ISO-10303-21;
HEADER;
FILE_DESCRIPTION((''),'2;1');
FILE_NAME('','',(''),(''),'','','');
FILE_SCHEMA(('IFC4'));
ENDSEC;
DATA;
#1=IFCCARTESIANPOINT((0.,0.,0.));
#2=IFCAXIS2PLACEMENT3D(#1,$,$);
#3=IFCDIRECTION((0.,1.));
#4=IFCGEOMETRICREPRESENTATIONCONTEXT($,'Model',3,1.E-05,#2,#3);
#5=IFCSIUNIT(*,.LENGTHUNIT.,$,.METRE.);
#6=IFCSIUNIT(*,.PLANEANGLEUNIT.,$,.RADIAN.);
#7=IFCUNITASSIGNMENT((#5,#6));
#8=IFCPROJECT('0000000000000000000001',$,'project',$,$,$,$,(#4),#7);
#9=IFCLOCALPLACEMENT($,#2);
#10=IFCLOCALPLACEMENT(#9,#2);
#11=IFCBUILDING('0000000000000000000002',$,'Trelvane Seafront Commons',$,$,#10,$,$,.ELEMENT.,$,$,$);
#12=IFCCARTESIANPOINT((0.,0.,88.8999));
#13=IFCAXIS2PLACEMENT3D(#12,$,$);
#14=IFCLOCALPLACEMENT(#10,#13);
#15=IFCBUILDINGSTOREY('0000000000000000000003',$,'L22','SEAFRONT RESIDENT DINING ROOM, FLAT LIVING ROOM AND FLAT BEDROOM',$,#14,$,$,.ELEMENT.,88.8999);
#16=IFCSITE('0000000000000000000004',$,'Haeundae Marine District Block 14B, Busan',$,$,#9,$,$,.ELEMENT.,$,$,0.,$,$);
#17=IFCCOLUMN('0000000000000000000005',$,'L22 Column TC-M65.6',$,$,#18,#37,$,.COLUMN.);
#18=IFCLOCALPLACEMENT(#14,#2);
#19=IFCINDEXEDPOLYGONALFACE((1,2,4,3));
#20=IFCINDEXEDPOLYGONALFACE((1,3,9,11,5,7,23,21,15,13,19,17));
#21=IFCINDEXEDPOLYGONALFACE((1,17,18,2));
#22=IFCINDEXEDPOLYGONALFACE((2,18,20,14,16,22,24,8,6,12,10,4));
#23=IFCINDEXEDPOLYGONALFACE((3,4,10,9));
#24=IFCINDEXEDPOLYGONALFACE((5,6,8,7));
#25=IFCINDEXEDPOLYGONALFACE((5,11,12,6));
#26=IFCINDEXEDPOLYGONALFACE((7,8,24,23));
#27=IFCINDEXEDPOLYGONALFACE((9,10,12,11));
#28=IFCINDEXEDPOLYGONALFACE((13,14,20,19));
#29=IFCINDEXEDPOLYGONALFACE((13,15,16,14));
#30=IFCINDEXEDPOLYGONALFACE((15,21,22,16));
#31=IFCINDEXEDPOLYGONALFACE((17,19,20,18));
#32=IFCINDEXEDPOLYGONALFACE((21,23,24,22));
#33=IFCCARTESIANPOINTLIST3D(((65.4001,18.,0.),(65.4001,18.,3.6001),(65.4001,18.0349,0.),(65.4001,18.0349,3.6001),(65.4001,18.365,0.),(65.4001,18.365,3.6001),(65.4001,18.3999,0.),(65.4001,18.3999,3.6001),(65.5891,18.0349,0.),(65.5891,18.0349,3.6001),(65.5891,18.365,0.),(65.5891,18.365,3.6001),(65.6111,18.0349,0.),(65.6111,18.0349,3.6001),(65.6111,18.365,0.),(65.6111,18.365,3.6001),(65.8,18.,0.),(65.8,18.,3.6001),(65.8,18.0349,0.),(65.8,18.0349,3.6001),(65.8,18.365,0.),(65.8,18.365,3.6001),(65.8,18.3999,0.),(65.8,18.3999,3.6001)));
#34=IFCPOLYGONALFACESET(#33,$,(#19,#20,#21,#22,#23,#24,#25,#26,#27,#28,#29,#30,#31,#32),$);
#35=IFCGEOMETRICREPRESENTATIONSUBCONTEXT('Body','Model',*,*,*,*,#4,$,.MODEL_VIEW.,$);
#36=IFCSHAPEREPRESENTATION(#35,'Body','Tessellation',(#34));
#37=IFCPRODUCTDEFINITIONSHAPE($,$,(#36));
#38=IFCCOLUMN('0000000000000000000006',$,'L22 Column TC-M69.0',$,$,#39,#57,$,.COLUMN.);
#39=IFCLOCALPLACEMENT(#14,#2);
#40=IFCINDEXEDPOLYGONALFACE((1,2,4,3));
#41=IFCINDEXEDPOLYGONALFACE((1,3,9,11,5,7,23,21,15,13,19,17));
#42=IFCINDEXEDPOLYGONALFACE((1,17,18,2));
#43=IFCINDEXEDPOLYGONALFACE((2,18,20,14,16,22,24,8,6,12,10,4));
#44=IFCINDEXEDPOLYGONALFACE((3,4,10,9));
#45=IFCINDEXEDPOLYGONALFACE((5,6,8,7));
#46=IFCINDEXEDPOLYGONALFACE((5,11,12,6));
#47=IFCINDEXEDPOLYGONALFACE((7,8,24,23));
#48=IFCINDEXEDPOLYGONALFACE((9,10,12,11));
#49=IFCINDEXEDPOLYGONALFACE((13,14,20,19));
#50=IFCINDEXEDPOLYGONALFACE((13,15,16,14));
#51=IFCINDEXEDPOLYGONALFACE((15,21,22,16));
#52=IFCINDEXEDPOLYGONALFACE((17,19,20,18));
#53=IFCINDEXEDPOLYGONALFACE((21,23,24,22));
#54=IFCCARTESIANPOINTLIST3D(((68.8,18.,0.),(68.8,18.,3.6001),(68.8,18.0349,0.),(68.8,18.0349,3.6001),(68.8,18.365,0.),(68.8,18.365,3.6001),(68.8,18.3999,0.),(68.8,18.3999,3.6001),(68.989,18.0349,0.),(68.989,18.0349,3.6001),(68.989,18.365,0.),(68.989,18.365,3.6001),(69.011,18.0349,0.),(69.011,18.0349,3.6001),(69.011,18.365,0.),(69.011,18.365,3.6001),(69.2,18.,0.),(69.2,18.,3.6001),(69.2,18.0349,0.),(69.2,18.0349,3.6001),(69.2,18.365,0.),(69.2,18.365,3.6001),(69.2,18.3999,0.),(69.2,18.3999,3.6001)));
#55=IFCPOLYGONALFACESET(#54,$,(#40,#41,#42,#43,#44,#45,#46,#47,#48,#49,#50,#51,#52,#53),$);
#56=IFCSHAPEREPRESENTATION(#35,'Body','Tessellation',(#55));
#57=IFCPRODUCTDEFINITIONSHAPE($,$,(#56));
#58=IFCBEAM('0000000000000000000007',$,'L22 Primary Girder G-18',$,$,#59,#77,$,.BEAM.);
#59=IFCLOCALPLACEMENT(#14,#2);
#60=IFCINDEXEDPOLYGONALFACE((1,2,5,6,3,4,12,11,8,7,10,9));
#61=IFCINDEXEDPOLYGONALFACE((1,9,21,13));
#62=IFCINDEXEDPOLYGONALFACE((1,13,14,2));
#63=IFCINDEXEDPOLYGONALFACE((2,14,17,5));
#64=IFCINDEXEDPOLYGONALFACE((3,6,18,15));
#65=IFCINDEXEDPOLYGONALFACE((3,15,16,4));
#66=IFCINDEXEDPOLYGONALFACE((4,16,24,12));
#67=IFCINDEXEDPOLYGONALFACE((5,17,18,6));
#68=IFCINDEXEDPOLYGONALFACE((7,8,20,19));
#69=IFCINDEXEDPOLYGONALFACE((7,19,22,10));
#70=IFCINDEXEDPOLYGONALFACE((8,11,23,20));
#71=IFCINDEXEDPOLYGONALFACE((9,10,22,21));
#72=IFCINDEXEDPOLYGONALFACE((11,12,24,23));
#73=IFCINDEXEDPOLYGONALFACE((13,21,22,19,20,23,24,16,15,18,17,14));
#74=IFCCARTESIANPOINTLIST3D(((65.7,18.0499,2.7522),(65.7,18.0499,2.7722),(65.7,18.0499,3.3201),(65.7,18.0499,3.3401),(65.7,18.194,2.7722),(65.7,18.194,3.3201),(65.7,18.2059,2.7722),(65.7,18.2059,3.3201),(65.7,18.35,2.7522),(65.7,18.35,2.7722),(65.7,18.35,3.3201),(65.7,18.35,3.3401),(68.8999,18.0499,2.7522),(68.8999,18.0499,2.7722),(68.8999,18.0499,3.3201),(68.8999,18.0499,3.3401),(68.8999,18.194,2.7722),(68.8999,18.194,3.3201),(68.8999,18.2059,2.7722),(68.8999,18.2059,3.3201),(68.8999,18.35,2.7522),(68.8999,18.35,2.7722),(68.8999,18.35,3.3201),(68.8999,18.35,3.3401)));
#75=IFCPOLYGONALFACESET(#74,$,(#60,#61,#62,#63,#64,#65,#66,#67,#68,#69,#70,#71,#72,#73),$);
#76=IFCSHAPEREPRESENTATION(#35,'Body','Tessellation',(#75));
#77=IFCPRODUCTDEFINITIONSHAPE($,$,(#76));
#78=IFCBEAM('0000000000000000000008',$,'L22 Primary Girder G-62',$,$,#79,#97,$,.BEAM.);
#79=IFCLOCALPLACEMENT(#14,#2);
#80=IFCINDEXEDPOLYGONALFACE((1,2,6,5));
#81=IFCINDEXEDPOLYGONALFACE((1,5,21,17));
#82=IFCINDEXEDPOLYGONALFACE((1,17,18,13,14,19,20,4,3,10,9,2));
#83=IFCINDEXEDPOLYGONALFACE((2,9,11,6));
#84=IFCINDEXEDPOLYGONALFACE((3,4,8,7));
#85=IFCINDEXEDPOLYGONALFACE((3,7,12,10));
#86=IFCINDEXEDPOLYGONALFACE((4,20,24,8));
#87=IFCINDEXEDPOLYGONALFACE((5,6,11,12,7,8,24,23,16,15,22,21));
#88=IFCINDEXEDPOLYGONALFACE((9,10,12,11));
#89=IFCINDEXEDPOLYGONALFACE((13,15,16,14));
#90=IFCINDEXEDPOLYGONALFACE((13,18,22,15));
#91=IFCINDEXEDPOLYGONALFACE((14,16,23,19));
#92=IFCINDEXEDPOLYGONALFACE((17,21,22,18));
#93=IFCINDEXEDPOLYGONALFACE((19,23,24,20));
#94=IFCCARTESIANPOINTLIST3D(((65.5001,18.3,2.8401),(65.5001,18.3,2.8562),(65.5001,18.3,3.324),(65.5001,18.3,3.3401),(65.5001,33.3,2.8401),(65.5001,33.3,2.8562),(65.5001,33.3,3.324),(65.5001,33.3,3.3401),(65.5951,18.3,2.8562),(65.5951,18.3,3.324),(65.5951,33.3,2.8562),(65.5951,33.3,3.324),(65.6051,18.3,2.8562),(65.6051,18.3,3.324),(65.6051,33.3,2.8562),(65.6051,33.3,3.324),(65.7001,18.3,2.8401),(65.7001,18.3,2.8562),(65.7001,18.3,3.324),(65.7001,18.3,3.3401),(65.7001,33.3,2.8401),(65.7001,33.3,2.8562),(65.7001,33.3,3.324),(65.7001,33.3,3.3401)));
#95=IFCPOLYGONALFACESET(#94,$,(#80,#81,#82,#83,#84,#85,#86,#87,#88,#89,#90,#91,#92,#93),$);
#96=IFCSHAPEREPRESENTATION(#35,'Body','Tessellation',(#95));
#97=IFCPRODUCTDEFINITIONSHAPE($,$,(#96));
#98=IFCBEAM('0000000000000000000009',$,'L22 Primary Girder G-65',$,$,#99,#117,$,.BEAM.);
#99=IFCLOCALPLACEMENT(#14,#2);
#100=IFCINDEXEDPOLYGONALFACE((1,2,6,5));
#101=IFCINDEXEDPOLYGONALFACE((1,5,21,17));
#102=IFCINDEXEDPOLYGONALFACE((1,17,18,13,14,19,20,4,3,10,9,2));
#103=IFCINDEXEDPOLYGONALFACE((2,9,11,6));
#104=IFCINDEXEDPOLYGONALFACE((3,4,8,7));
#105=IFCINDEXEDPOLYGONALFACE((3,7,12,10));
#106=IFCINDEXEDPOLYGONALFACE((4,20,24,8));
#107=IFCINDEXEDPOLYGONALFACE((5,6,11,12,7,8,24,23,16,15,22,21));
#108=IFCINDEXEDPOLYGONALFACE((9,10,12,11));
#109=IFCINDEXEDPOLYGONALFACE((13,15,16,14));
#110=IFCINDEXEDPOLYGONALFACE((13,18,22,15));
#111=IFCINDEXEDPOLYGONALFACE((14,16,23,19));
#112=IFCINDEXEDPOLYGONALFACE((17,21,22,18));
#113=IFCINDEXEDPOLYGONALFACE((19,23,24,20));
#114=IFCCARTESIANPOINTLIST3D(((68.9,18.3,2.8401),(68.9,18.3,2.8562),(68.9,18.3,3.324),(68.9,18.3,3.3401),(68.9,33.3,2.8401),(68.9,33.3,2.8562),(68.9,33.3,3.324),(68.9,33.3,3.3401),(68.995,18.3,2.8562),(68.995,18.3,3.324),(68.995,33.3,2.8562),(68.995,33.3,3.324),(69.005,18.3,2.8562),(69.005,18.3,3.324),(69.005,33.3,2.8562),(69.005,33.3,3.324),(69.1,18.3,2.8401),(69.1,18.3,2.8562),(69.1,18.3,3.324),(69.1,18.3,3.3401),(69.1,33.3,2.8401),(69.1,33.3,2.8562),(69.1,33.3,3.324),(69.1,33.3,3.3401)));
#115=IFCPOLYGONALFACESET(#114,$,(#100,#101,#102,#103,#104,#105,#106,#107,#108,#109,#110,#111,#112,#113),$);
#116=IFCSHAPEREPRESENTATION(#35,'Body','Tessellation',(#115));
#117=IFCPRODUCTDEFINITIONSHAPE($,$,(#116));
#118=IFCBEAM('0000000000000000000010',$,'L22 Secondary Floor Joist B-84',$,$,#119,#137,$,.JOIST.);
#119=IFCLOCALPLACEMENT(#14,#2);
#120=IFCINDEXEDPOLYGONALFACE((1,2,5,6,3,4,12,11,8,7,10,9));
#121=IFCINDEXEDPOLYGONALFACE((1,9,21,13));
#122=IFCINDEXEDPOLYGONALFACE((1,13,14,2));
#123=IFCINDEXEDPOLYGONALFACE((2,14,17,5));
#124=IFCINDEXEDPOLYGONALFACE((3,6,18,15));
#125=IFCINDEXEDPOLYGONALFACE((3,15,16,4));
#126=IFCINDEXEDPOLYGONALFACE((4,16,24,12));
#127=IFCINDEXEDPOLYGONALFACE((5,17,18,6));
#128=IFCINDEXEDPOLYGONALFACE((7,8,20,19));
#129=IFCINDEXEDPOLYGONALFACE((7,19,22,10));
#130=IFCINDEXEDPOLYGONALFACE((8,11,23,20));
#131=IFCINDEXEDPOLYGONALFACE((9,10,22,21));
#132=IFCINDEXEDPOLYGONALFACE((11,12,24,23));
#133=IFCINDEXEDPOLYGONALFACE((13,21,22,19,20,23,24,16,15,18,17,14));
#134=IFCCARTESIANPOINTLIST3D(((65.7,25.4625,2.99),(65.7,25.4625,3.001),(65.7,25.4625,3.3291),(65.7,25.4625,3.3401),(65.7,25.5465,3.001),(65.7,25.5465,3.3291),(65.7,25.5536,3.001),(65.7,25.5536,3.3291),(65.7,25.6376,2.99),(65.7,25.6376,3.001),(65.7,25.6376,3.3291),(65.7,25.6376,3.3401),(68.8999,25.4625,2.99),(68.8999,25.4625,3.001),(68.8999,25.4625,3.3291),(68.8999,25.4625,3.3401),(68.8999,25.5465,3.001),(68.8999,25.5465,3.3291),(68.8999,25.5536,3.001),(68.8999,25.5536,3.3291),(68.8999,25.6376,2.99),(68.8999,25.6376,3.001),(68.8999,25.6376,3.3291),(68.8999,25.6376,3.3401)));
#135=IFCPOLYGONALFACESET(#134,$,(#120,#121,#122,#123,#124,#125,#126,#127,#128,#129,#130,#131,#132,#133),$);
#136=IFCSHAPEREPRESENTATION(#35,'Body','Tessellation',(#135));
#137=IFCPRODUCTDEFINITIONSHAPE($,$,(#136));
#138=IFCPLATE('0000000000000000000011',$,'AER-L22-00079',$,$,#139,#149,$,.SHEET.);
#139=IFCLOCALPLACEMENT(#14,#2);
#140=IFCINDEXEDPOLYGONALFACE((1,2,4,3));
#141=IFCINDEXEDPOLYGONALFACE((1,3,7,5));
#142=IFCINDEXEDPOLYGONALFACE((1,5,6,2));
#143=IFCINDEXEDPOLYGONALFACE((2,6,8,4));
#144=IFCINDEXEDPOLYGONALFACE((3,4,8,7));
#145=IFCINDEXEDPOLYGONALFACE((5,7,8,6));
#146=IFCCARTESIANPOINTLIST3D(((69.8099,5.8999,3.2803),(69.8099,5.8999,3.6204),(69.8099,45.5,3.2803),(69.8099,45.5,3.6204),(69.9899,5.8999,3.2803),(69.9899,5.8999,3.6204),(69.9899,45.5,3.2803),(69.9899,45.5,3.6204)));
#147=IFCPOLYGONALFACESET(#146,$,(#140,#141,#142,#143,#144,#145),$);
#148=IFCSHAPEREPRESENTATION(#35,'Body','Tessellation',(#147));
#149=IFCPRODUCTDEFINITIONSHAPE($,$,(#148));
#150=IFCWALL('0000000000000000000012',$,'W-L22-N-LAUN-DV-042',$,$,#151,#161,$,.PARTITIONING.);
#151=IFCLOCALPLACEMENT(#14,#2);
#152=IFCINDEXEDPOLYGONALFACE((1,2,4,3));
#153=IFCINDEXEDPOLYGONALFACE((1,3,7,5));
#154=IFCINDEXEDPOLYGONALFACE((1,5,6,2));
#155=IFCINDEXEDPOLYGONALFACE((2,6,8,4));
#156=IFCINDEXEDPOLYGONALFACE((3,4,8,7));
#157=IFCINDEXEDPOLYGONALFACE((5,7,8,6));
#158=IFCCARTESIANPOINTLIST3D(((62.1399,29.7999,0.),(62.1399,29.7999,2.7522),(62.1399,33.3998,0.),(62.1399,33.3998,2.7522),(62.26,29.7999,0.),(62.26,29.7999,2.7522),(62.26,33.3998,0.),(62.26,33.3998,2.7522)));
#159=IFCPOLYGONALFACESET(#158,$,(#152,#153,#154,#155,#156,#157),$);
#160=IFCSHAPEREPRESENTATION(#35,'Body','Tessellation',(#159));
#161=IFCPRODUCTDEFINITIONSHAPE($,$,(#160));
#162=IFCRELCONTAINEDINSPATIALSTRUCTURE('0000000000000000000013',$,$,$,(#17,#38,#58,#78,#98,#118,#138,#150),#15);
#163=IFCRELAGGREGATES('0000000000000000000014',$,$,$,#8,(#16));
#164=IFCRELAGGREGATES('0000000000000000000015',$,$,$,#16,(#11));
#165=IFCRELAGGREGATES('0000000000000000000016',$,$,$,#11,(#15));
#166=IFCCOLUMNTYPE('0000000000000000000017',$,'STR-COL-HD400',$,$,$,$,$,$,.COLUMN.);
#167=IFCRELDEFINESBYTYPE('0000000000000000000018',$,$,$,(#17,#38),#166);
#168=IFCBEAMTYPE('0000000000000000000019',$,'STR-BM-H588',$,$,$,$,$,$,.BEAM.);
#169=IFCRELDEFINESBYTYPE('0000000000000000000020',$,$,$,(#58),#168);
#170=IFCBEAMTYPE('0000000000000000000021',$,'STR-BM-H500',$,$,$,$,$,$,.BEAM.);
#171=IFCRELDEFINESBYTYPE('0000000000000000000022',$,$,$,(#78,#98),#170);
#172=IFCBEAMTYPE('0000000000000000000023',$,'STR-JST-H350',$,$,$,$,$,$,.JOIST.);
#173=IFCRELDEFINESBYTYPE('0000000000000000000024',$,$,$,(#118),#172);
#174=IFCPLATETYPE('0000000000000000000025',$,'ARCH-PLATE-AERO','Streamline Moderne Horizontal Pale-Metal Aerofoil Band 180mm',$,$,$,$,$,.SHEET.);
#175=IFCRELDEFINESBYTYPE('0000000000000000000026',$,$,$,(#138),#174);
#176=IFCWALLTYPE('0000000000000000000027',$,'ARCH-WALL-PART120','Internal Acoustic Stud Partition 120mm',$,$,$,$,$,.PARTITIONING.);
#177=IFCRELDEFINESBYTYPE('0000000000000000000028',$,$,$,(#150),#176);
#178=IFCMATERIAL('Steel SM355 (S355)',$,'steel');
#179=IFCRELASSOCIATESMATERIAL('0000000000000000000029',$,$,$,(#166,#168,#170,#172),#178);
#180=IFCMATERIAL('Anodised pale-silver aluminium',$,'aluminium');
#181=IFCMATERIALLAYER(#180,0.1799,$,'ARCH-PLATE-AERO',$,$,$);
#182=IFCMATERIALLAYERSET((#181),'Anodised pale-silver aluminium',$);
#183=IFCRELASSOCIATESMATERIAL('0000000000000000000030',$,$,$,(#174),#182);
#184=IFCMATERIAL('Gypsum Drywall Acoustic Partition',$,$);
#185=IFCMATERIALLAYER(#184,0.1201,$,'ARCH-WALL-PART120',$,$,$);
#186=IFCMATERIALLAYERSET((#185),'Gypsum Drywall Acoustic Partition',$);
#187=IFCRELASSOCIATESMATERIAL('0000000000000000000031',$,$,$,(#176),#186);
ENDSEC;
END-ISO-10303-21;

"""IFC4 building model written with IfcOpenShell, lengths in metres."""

from ifc_helpers import new_model, si_unit, direction, frame, frame_2d, origin, origin_2d, place, context, subcontext, project, spatial, rectangle, i_section, extrude, source, transform, mapped, material, layer, layer_set, material_profile, profile_set, type_object, element, save


model = new_model("IFC4")

# Units and contexts
model_context = context("Model", 3, precision=1e-05, world=origin(), true_north=direction((0.0, 1.0)))
body_context = subcontext(model_context, "Body", "Model", "MODEL_VIEW")
ifc_project = project(units=[si_unit("LENGTHUNIT", "METRE"), si_unit("PLANEANGLEUNIT", "RADIAN")], contexts=[model_context])

# Site, building, storey
site_placement = place(None, origin())
site = spatial("IfcSite", under=ifc_project, at=site_placement, Name="Haeundae Marine District Block 14B, Busan", CompositionType="ELEMENT", RefElevation=0.0)
building_placement = place(site_placement, origin())
building = spatial("IfcBuilding", under=site, at=building_placement, Name="Trelvane Seafront Commons", CompositionType="ELEMENT")
storey_placement = place(building_placement, frame((0.0, 0.0, 88.8999)))
storey = spatial("IfcBuildingStorey", under=building, at=storey_placement, Name="L22", Description="SEAFRONT RESIDENT DINING ROOM, FLAT LIVING ROOM AND FLAT BEDROOM", CompositionType="ELEMENT", Elevation=88.8999)

# Columns
ifc_material_1 = material(Name="Steel SM355 (S355)", Category="steel")
ifc_material_profile_1 = material_profile(ifc_material_1, i_section(OverallWidth=0.3999, OverallDepth=0.3999, WebThickness=0.022, FlangeThickness=0.0349, at=origin_2d()), Name="HD-400x400x22x35")
ifc_profile_set_1 = profile_set([ifc_material_profile_1], Name="Steel SM355 (S355)")
column_type = type_object("IfcColumnType", Name="STR-COL-HD400", PredefinedType="COLUMN", material=ifc_profile_set_1)
shared_shape_1 = source(origin(), body_context, "Body", "SweptSolid", [
    extrude(i_section(OverallWidth=0.3999, OverallDepth=0.3999, WebThickness=0.022, FlangeThickness=0.0349, at=origin_2d()), origin(), (0.0, 0.0, 1.0), 3.6001),
])
for number, where, z_axis, x_axis, name in (
    (1, (65.6001, 18.2, 0.0), (0.0, 0.0, 1.0), (1.0, 0.0, 0.0), "L22 Column TC-M65.6"),
    (2, (69.0, 18.2, 0.0), (0.0, 0.0, 1.0), (1.0, 0.0, 0.0), "L22 Column TC-M69.0"),
):
    element("IfcColumn", number, at=place(storey_placement, frame(where, z_axis=z_axis, x_axis=x_axis)), inside=storey, type_object=column_type, Name=name, PredefinedType="COLUMN", context=body_context, shape_type="MappedRepresentation", body=[
        mapped(shared_shape_1, transform((0.0, 0.0, 0.0), x_axis=(1.0, 0.0, 0.0), y_axis=(0.0, 1.0, 0.0), z_axis=(0.0, 0.0, 1.0), scale=1.0)),
    ])

# Beams
ifc_material_profile_2 = material_profile(ifc_material_1, i_section(OverallWidth=0.3, OverallDepth=0.5879, WebThickness=0.012, FlangeThickness=0.02, at=origin_2d()), Name="H-588x300x12x20")
ifc_profile_set_2 = profile_set([ifc_material_profile_2], Name="Steel SM355 (S355)")
beam_type_1 = type_object("IfcBeamType", Name="STR-BM-H588", PredefinedType="BEAM", material=ifc_profile_set_2)
shared_shape_2 = source(origin(), body_context, "Body", "SweptSolid", [
    extrude(i_section(OverallWidth=0.3, OverallDepth=0.5879, WebThickness=0.012, FlangeThickness=0.02, at=origin_2d()), origin(), (0.0, 0.0, 1.0), 3.2),
])
beam_1_placement = place(storey_placement, frame((65.7, 18.2, 3.0461), z_axis=(1.0, 0.0, 0.0), x_axis=(0.0, 1.0, 0.0)))
element("IfcBeam", 3, at=beam_1_placement, inside=storey, type_object=beam_type_1, Name="L22 Primary Girder G-18", PredefinedType="BEAM", context=body_context, shape_type="MappedRepresentation", body=[
    mapped(shared_shape_2, transform((0.0, 0.0, 0.0), x_axis=(1.0, 0.0, 0.0), y_axis=(0.0, 1.0, 0.0), z_axis=(0.0, 0.0, 1.0), scale=1.0)),
])
ifc_material_profile_3 = material_profile(ifc_material_1, i_section(OverallWidth=0.2, OverallDepth=0.5, WebThickness=0.01, FlangeThickness=0.0161, at=origin_2d()), Name="H-500x200x10x16")
ifc_profile_set_3 = profile_set([ifc_material_profile_3], Name="Steel SM355 (S355)")
beam_type_2 = type_object("IfcBeamType", Name="STR-BM-H500", PredefinedType="BEAM", material=ifc_profile_set_3)
shared_shape_3 = source(origin(), body_context, "Body", "SweptSolid", [
    extrude(i_section(OverallWidth=0.2, OverallDepth=0.5, WebThickness=0.01, FlangeThickness=0.0161, at=origin_2d()), origin(), (0.0, 0.0, 1.0), 15.0),
])
for number, where, z_axis, x_axis, name in (
    (4, (65.6001, 18.3, 3.0901), (0.0, 1.0, 0.0), (-1.0, 0.0, 0.0), "L22 Primary Girder G-62"),
    (5, (69.0, 18.3, 3.0901), (0.0, 1.0, 0.0), (-1.0, 0.0, 0.0), "L22 Primary Girder G-65"),
):
    element("IfcBeam", number, at=place(storey_placement, frame(where, z_axis=z_axis, x_axis=x_axis)), inside=storey, type_object=beam_type_2, Name=name, PredefinedType="BEAM", context=body_context, shape_type="MappedRepresentation", body=[
        mapped(shared_shape_3, transform((0.0, 0.0, 0.0), x_axis=(1.0, 0.0, 0.0), y_axis=(0.0, 1.0, 0.0), z_axis=(0.0, 0.0, 1.0), scale=1.0)),
    ])
ifc_material_profile_4 = material_profile(ifc_material_1, i_section(OverallWidth=0.175, OverallDepth=0.3501, WebThickness=0.0071, FlangeThickness=0.011, at=origin_2d()), Name="H-350x175x7x11")
ifc_profile_set_4 = profile_set([ifc_material_profile_4], Name="Steel SM355 (S355)")
beam_type_3 = type_object("IfcBeamType", Name="STR-JST-H350", PredefinedType="JOIST", material=ifc_profile_set_4)
shared_shape_4 = source(origin(), body_context, "Body", "SweptSolid", [
    extrude(i_section(OverallWidth=0.175, OverallDepth=0.3501, WebThickness=0.0071, FlangeThickness=0.011, at=origin_2d()), origin(), (0.0, 0.0, 1.0), 3.2),
])
beam_2_placement = place(storey_placement, frame((65.7, 25.55, 3.165), z_axis=(1.0, 0.0, 0.0), x_axis=(0.0, 1.0, 0.0)))
element("IfcBeam", 6, at=beam_2_placement, inside=storey, type_object=beam_type_3, Name="L22 Secondary Floor Joist B-84", PredefinedType="JOIST", context=body_context, shape_type="MappedRepresentation", body=[
    mapped(shared_shape_4, transform((0.0, 0.0, 0.0), x_axis=(1.0, 0.0, 0.0), y_axis=(0.0, 1.0, 0.0), z_axis=(0.0, 0.0, 1.0), scale=1.0)),
])

# Plate
ifc_material_2 = material(Name="Anodised pale-silver aluminium", Category="aluminium")
ifc_layer_1 = layer(ifc_material_2, 0.1799, Name="ARCH-PLATE-AERO")
ifc_layer_set_1 = layer_set([ifc_layer_1], Name="Anodised pale-silver aluminium")
plate_type = type_object("IfcPlateType", Name="ARCH-PLATE-AERO", Description="Streamline Moderne Horizontal Pale-Metal Aerofoil Band 180mm", PredefinedType="SHEET", material=ifc_layer_set_1)
shared_shape_5 = source(origin(), body_context, "Body", "SweptSolid", [
    extrude(rectangle(XDim=39.6001, YDim=0.1799, at=origin_2d()), origin(), (0.0, 0.0, 1.0), 0.3401),
])
plate_placement = place(storey_placement, frame((69.8999, 25.7, 3.2803), z_axis=(0.0, 0.0, 1.0), x_axis=(0.0, -1.0, 0.0)))
element("IfcPlate", 7, at=plate_placement, inside=storey, type_object=plate_type, Name="AER-L22-00079", PredefinedType="SHEET", context=body_context, shape_type="MappedRepresentation", body=[
    mapped(shared_shape_5, transform((0.0, 0.0, 0.0), x_axis=(1.0, 0.0, 0.0), y_axis=(0.0, 1.0, 0.0), z_axis=(0.0, 0.0, 1.0), scale=1.0)),
])

# Wall
ifc_material_3 = material(Name="Gypsum Drywall Acoustic Partition")
ifc_layer_2 = layer(ifc_material_3, 0.1201, Name="ARCH-WALL-PART120")
ifc_layer_set_2 = layer_set([ifc_layer_2], Name="Gypsum Drywall Acoustic Partition")
wall_type_1 = type_object("IfcWallType", Name="ARCH-WALL-PART120", Description="Internal Acoustic Stud Partition 120mm", PredefinedType="PARTITIONING", material=ifc_layer_set_2)
wall_1_placement = place(storey_placement, frame((62.2, 29.8, 0.0), z_axis=(0.0, 0.0, 1.0), x_axis=(0.0, 1.0, 0.0)))
element("IfcWall", 8, at=wall_1_placement, inside=storey, type_object=wall_type_1, Name="W-L22-N-LAUN-DV-042", PredefinedType="PARTITIONING", context=body_context, shape_type="SweptSolid", body=[
    extrude(rectangle(XDim=3.5999, YDim=0.1201, at=frame_2d((1.7998, 0.0))), origin(), (0.0, 0.0, 1.0), 2.7522),
])

save(model, "model.ifc")
